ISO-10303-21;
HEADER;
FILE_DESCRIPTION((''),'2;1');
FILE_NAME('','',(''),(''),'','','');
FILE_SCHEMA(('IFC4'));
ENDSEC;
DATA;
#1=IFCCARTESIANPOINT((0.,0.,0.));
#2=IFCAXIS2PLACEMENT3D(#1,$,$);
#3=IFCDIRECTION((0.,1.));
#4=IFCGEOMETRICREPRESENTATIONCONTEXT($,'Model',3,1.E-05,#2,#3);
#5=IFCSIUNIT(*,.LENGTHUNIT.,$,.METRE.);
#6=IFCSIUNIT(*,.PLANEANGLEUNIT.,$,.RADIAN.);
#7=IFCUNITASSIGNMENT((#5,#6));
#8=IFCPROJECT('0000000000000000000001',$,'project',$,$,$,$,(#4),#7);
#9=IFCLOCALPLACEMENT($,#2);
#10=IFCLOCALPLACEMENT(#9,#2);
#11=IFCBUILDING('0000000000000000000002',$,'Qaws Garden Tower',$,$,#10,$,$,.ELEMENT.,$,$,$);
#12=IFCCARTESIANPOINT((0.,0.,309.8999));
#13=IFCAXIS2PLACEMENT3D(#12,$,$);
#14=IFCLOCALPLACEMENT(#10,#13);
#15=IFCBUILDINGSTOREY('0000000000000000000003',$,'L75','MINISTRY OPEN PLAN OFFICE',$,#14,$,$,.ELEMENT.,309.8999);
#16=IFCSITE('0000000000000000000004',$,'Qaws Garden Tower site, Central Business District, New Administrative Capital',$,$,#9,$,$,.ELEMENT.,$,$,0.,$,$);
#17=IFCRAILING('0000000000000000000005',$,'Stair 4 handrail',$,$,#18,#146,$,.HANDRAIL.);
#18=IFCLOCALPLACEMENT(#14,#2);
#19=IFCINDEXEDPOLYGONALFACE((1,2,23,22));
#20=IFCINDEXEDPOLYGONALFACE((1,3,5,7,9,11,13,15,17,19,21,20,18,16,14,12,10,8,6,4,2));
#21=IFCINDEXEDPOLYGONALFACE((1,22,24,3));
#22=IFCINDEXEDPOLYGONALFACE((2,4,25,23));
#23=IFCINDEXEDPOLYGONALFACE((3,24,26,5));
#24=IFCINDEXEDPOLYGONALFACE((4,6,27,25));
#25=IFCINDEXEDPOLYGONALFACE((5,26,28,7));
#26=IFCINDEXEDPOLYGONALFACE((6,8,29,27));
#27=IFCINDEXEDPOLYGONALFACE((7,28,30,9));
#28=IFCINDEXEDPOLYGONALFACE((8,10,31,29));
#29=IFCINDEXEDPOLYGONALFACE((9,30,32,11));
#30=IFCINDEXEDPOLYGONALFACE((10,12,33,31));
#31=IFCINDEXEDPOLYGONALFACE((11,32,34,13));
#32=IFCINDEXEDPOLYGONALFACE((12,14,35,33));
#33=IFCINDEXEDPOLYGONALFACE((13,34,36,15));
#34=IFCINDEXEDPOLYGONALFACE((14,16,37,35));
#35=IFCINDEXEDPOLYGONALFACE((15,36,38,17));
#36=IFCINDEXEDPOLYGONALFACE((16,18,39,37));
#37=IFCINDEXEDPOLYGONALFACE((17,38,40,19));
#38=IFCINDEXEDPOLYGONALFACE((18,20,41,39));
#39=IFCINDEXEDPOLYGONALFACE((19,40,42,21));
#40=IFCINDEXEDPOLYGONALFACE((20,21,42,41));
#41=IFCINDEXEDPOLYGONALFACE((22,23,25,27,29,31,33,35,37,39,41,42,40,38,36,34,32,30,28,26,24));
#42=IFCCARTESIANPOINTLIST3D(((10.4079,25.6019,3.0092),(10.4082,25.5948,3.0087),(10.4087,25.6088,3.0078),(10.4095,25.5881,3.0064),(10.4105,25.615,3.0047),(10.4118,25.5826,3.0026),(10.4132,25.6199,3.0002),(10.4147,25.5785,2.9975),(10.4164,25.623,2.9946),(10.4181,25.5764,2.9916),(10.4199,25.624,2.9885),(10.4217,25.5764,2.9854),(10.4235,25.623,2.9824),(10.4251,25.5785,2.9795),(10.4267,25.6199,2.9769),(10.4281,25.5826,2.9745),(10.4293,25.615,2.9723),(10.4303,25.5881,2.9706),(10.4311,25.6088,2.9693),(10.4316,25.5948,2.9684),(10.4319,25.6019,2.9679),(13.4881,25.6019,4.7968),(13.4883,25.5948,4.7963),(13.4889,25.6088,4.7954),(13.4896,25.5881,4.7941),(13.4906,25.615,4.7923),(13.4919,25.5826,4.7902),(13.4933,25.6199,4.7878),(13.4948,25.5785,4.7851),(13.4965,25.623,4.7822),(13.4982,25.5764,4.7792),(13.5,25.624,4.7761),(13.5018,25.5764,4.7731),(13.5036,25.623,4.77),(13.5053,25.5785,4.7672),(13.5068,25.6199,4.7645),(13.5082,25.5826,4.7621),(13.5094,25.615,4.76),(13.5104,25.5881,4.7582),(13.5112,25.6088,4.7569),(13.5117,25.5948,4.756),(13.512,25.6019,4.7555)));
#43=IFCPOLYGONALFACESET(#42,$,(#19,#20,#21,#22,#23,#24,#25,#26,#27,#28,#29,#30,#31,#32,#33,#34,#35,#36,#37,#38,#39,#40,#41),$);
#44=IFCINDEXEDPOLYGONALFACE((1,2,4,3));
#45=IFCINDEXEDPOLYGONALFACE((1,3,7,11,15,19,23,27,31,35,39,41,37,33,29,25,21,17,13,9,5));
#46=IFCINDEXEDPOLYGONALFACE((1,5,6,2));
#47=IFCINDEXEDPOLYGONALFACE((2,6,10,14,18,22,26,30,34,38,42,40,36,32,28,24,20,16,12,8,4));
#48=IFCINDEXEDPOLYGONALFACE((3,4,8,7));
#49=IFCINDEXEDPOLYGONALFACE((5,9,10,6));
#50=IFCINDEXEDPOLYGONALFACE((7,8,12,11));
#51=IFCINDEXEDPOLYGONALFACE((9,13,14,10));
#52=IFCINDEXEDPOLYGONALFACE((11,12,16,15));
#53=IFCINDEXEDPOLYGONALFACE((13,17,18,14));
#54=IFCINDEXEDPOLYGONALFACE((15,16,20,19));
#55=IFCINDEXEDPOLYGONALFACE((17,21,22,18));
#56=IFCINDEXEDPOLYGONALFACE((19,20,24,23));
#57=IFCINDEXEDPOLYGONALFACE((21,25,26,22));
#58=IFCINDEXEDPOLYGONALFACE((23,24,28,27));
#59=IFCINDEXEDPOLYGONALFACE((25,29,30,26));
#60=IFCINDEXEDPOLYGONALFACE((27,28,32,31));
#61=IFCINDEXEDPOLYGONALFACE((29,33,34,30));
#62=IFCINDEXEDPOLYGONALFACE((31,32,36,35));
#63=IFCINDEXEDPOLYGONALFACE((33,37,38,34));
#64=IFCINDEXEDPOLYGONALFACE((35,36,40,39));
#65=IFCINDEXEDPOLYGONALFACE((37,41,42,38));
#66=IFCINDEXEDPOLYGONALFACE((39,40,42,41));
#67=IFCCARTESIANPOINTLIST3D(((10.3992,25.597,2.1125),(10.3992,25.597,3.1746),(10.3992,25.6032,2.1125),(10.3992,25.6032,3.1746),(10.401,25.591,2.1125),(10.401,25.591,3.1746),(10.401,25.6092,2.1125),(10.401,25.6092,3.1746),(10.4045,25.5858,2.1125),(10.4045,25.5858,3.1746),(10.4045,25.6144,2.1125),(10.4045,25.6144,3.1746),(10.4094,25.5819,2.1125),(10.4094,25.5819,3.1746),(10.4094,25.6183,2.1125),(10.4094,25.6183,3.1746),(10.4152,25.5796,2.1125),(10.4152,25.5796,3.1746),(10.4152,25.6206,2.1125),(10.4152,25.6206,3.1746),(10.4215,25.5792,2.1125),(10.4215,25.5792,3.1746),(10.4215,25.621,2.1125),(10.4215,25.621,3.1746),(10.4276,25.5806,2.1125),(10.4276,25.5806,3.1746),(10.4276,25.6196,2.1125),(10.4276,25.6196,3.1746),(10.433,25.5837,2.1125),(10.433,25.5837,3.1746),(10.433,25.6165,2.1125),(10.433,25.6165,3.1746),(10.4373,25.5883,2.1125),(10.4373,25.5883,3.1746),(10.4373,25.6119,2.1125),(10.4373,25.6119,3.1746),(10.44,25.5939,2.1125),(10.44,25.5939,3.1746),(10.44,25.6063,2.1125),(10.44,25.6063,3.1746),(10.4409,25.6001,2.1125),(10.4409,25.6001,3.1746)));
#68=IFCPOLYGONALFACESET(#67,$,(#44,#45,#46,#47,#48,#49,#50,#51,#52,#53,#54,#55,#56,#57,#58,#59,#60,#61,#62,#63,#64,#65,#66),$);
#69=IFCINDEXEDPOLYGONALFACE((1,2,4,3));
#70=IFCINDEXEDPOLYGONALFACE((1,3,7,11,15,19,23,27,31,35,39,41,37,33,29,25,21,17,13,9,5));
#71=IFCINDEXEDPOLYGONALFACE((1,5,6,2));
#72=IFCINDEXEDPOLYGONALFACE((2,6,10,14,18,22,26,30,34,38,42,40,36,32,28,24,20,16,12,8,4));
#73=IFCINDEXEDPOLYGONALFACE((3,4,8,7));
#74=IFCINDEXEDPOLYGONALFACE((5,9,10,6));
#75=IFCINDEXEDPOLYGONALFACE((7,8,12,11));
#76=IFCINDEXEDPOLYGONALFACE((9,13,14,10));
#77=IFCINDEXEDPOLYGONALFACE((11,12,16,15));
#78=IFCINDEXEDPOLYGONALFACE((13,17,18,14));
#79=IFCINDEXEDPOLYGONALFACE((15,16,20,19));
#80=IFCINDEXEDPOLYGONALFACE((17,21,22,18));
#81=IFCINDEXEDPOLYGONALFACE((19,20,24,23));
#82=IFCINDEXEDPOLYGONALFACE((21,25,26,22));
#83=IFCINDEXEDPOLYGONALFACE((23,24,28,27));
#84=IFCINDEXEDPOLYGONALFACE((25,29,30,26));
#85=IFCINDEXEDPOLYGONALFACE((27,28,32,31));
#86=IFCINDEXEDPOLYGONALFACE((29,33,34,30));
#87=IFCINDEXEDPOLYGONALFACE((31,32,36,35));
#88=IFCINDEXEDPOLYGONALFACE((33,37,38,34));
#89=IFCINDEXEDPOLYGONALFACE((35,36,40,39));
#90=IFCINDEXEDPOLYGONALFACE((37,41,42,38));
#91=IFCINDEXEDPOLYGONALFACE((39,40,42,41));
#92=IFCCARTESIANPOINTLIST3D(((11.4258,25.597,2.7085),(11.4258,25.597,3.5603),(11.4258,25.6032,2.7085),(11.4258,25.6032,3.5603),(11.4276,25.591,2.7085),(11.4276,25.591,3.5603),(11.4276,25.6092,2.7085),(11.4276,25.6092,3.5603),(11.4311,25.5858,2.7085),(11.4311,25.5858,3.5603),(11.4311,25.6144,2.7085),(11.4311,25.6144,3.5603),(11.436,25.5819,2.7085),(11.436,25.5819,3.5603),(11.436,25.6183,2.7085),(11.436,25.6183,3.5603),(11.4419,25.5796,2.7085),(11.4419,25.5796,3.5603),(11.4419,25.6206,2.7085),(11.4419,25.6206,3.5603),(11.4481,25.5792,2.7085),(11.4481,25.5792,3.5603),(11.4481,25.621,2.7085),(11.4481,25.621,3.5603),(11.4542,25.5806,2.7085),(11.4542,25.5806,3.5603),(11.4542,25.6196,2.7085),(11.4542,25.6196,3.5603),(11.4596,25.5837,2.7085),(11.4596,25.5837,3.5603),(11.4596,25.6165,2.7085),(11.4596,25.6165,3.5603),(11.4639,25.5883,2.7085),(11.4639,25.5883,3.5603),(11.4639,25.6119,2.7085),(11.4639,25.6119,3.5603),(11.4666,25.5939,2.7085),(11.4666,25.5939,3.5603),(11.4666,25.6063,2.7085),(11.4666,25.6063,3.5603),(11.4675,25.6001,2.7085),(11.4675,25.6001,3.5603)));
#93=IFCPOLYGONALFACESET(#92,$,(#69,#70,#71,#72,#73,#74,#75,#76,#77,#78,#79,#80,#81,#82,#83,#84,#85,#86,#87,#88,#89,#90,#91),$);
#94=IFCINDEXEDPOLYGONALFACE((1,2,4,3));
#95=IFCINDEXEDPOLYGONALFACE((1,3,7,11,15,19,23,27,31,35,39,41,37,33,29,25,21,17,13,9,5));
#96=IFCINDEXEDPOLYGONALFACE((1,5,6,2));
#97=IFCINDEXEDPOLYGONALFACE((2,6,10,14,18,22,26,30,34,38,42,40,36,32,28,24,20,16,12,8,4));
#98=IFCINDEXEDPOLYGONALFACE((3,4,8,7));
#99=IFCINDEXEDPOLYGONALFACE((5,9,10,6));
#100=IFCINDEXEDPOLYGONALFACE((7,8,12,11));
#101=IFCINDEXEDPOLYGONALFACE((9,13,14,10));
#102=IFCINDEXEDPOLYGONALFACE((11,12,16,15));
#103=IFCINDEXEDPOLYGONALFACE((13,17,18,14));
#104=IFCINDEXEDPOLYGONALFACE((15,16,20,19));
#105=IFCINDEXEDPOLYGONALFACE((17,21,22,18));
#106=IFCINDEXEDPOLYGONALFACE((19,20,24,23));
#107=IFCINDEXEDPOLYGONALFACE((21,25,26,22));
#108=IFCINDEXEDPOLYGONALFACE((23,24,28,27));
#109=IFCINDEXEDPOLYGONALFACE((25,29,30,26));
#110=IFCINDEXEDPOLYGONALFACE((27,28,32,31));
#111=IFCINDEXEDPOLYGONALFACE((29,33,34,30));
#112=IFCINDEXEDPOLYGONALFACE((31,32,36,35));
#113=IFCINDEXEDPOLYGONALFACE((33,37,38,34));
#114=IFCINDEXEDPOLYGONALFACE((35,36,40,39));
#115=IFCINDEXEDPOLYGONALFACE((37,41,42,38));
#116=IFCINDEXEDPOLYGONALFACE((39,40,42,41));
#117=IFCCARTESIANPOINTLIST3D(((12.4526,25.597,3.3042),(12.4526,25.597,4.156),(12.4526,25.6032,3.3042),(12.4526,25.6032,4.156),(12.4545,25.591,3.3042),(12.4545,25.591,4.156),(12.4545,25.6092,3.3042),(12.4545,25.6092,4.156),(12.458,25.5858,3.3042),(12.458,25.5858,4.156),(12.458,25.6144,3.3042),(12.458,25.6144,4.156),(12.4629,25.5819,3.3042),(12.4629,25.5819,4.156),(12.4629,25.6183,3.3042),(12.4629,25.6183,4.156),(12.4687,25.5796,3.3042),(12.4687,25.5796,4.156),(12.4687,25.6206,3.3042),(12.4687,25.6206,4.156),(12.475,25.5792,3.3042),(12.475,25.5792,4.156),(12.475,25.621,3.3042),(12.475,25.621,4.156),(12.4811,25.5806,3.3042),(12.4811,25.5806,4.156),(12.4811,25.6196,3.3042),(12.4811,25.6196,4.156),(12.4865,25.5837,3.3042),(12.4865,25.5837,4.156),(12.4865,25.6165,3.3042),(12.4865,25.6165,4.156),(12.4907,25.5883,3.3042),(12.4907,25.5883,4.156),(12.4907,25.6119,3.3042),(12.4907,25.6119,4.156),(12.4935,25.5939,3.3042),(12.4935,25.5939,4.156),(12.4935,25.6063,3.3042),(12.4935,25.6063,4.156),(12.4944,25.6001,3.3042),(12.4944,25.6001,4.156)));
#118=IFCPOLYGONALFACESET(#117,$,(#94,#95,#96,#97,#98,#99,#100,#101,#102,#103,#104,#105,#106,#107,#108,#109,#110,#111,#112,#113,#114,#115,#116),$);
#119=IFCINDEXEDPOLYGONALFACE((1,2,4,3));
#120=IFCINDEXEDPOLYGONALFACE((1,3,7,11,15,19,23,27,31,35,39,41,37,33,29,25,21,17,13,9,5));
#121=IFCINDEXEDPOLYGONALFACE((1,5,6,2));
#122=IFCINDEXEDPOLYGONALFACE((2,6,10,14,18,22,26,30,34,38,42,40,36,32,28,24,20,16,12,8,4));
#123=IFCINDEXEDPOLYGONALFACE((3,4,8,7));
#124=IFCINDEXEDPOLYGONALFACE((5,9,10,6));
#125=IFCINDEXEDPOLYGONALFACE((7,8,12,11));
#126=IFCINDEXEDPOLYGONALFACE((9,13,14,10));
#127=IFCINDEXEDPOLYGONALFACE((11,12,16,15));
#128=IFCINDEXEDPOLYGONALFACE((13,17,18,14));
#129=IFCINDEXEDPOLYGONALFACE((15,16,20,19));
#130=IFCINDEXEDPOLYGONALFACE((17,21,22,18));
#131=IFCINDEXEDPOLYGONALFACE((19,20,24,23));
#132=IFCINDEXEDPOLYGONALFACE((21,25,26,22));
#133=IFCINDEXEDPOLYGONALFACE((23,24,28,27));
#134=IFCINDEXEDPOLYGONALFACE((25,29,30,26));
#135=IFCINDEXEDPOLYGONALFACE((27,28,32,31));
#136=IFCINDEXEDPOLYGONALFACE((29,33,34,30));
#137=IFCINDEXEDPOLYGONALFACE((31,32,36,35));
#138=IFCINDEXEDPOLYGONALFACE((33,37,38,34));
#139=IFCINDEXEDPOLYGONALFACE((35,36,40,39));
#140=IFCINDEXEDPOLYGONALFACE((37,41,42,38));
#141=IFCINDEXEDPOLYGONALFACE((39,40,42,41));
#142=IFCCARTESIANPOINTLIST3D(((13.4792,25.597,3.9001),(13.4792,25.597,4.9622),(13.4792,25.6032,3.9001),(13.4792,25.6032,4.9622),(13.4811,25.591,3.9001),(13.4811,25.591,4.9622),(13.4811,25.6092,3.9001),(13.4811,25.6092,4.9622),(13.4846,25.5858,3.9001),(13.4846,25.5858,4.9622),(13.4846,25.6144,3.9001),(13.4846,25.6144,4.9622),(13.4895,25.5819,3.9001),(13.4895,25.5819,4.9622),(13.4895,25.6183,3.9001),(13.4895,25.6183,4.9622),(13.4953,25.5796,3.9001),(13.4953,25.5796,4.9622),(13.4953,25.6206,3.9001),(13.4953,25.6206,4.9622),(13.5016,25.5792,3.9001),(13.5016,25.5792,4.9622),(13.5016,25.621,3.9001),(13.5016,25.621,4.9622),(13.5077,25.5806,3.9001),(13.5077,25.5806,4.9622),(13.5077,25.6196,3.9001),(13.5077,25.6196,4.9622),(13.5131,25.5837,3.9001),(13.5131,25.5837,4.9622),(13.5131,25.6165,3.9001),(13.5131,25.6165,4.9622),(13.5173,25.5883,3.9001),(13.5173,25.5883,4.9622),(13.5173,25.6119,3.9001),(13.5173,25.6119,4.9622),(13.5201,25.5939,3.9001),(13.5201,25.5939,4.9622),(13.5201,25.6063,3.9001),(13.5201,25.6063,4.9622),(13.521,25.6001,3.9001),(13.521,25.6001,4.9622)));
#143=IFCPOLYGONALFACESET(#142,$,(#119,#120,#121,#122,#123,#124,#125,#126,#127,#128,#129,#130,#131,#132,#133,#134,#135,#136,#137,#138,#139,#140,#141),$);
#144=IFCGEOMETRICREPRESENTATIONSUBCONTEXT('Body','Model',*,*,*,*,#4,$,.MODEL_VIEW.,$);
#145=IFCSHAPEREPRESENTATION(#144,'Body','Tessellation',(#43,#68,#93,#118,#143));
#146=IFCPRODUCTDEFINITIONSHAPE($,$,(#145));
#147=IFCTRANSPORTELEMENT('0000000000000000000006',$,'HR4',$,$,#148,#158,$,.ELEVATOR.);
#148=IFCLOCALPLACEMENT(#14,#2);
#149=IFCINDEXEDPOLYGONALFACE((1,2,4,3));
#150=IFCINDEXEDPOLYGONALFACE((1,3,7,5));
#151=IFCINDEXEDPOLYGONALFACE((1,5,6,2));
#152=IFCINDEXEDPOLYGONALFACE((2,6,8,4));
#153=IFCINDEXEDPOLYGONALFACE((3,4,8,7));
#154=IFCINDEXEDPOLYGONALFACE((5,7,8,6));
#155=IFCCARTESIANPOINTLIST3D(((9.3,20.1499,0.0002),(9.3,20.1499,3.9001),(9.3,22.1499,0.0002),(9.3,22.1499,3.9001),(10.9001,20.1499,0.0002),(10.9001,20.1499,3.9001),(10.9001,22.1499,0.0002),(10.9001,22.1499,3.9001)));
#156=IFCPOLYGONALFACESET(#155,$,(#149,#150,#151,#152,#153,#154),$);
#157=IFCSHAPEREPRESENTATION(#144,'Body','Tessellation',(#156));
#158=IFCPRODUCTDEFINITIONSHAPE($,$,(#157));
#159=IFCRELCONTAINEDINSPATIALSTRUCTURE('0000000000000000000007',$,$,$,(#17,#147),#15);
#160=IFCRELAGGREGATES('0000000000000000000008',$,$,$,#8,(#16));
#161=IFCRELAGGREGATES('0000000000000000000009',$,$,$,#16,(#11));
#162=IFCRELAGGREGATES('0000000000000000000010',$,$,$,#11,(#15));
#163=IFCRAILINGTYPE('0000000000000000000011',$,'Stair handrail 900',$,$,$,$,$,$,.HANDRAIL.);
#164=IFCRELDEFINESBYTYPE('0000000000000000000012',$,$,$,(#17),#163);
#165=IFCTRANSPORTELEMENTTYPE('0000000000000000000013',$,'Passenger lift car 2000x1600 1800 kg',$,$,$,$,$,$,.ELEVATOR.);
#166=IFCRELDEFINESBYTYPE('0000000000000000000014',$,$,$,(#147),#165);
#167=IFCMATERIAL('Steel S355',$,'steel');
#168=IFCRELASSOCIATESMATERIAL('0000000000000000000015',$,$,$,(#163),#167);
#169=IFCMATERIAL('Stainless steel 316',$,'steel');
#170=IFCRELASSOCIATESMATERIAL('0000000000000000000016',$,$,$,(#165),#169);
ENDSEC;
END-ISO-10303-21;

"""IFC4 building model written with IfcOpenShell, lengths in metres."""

from ifc_helpers import new_model, si_unit, direction, frame, origin, origin_2d, place, context, subcontext, project, spatial, rectangle, circle, extrude, material, type_object, element, save


model = new_model("IFC4")

# Units and contexts
model_context = context("Model", 3, precision=1e-05, world=origin(), true_north=direction((0.0, 1.0)))
body_context = subcontext(model_context, "Body", "Model", "MODEL_VIEW")
ifc_project = project(units=[si_unit("LENGTHUNIT", "METRE"), si_unit("PLANEANGLEUNIT", "RADIAN")], contexts=[model_context])

# Site, building, storey
site_placement = place(None, origin())
site = spatial("IfcSite", under=ifc_project, at=site_placement, Name="Qaws Garden Tower site, Central Business District, New Administrative Capital", CompositionType="ELEMENT", RefElevation=0.0)
building_placement = place(site_placement, origin())
building = spatial("IfcBuilding", under=site, at=building_placement, Name="Qaws Garden Tower", CompositionType="ELEMENT")
storey_placement = place(building_placement, frame((0.0, 0.0, 309.8999)))
storey = spatial("IfcBuildingStorey", under=building, at=storey_placement, Name="L75", Description="MINISTRY OPEN PLAN OFFICE", CompositionType="ELEMENT", Elevation=309.8999)

# Railing
ifc_material_1 = material(Name="Steel S355", Category="steel")
railing_type = type_object("IfcRailingType", Name="Stair handrail 900", PredefinedType="HANDRAIL", material=ifc_material_1)
railing_1_placement = place(storey_placement, frame((10.4199, 25.6001, 2.1125)))
element("IfcRailing", 1, at=railing_1_placement, inside=storey, type_object=railing_type, Name="Stair 4 handrail", PredefinedType="HANDRAIL", context=body_context, shape_type="SweptSolid", body=[
    extrude(circle(Radius=0.0239, at=origin_2d()), frame((0.0, 0.0, 0.876), z_axis=(0.864891, 0.0, 0.50196), x_axis=(0.0, 1.0, 0.0)), (0.0, 0.0, 1.0), 3.5613),
    extrude(circle(Radius=0.021, at=origin_2d()), origin(), (0.0, 0.0, 1.0), 1.062),
    extrude(circle(Radius=0.021, at=origin_2d()), frame((1.0266, 0.0, 0.5959)), (0.0, 0.0, 1.0), 0.8518),
    extrude(circle(Radius=0.021, at=origin_2d()), frame((2.0535, 0.0, 1.1917)), (0.0, 0.0, 1.0), 0.8518),
    extrude(circle(Radius=0.021, at=origin_2d()), frame((3.0801, 0.0, 1.7876)), (0.0, 0.0, 1.0), 1.062),
])

# Transport element
ifc_material_2 = material(Name="Stainless steel 316", Category="steel")
transport_element_type = type_object("IfcTransportElementType", Name="Passenger lift car 2000x1600 1800 kg", PredefinedType="ELEVATOR", material=ifc_material_2)
transport_element_placement = place(storey_placement, frame((10.1001, 21.1499, 0.0002), z_axis=(0.0, 0.0, 1.0), x_axis=(1.0, 0.0, 0.0)))
element("IfcTransportElement", 2, at=transport_element_placement, inside=storey, type_object=transport_element_type, Name="HR4", PredefinedType="ELEVATOR", context=body_context, shape_type="SweptSolid", body=[
    extrude(rectangle(XDim=1.6001, YDim=2.0, at=origin_2d()), origin(), (0.0, 0.0, 1.0), 3.8999),
])

save(model, "model.ifc")
